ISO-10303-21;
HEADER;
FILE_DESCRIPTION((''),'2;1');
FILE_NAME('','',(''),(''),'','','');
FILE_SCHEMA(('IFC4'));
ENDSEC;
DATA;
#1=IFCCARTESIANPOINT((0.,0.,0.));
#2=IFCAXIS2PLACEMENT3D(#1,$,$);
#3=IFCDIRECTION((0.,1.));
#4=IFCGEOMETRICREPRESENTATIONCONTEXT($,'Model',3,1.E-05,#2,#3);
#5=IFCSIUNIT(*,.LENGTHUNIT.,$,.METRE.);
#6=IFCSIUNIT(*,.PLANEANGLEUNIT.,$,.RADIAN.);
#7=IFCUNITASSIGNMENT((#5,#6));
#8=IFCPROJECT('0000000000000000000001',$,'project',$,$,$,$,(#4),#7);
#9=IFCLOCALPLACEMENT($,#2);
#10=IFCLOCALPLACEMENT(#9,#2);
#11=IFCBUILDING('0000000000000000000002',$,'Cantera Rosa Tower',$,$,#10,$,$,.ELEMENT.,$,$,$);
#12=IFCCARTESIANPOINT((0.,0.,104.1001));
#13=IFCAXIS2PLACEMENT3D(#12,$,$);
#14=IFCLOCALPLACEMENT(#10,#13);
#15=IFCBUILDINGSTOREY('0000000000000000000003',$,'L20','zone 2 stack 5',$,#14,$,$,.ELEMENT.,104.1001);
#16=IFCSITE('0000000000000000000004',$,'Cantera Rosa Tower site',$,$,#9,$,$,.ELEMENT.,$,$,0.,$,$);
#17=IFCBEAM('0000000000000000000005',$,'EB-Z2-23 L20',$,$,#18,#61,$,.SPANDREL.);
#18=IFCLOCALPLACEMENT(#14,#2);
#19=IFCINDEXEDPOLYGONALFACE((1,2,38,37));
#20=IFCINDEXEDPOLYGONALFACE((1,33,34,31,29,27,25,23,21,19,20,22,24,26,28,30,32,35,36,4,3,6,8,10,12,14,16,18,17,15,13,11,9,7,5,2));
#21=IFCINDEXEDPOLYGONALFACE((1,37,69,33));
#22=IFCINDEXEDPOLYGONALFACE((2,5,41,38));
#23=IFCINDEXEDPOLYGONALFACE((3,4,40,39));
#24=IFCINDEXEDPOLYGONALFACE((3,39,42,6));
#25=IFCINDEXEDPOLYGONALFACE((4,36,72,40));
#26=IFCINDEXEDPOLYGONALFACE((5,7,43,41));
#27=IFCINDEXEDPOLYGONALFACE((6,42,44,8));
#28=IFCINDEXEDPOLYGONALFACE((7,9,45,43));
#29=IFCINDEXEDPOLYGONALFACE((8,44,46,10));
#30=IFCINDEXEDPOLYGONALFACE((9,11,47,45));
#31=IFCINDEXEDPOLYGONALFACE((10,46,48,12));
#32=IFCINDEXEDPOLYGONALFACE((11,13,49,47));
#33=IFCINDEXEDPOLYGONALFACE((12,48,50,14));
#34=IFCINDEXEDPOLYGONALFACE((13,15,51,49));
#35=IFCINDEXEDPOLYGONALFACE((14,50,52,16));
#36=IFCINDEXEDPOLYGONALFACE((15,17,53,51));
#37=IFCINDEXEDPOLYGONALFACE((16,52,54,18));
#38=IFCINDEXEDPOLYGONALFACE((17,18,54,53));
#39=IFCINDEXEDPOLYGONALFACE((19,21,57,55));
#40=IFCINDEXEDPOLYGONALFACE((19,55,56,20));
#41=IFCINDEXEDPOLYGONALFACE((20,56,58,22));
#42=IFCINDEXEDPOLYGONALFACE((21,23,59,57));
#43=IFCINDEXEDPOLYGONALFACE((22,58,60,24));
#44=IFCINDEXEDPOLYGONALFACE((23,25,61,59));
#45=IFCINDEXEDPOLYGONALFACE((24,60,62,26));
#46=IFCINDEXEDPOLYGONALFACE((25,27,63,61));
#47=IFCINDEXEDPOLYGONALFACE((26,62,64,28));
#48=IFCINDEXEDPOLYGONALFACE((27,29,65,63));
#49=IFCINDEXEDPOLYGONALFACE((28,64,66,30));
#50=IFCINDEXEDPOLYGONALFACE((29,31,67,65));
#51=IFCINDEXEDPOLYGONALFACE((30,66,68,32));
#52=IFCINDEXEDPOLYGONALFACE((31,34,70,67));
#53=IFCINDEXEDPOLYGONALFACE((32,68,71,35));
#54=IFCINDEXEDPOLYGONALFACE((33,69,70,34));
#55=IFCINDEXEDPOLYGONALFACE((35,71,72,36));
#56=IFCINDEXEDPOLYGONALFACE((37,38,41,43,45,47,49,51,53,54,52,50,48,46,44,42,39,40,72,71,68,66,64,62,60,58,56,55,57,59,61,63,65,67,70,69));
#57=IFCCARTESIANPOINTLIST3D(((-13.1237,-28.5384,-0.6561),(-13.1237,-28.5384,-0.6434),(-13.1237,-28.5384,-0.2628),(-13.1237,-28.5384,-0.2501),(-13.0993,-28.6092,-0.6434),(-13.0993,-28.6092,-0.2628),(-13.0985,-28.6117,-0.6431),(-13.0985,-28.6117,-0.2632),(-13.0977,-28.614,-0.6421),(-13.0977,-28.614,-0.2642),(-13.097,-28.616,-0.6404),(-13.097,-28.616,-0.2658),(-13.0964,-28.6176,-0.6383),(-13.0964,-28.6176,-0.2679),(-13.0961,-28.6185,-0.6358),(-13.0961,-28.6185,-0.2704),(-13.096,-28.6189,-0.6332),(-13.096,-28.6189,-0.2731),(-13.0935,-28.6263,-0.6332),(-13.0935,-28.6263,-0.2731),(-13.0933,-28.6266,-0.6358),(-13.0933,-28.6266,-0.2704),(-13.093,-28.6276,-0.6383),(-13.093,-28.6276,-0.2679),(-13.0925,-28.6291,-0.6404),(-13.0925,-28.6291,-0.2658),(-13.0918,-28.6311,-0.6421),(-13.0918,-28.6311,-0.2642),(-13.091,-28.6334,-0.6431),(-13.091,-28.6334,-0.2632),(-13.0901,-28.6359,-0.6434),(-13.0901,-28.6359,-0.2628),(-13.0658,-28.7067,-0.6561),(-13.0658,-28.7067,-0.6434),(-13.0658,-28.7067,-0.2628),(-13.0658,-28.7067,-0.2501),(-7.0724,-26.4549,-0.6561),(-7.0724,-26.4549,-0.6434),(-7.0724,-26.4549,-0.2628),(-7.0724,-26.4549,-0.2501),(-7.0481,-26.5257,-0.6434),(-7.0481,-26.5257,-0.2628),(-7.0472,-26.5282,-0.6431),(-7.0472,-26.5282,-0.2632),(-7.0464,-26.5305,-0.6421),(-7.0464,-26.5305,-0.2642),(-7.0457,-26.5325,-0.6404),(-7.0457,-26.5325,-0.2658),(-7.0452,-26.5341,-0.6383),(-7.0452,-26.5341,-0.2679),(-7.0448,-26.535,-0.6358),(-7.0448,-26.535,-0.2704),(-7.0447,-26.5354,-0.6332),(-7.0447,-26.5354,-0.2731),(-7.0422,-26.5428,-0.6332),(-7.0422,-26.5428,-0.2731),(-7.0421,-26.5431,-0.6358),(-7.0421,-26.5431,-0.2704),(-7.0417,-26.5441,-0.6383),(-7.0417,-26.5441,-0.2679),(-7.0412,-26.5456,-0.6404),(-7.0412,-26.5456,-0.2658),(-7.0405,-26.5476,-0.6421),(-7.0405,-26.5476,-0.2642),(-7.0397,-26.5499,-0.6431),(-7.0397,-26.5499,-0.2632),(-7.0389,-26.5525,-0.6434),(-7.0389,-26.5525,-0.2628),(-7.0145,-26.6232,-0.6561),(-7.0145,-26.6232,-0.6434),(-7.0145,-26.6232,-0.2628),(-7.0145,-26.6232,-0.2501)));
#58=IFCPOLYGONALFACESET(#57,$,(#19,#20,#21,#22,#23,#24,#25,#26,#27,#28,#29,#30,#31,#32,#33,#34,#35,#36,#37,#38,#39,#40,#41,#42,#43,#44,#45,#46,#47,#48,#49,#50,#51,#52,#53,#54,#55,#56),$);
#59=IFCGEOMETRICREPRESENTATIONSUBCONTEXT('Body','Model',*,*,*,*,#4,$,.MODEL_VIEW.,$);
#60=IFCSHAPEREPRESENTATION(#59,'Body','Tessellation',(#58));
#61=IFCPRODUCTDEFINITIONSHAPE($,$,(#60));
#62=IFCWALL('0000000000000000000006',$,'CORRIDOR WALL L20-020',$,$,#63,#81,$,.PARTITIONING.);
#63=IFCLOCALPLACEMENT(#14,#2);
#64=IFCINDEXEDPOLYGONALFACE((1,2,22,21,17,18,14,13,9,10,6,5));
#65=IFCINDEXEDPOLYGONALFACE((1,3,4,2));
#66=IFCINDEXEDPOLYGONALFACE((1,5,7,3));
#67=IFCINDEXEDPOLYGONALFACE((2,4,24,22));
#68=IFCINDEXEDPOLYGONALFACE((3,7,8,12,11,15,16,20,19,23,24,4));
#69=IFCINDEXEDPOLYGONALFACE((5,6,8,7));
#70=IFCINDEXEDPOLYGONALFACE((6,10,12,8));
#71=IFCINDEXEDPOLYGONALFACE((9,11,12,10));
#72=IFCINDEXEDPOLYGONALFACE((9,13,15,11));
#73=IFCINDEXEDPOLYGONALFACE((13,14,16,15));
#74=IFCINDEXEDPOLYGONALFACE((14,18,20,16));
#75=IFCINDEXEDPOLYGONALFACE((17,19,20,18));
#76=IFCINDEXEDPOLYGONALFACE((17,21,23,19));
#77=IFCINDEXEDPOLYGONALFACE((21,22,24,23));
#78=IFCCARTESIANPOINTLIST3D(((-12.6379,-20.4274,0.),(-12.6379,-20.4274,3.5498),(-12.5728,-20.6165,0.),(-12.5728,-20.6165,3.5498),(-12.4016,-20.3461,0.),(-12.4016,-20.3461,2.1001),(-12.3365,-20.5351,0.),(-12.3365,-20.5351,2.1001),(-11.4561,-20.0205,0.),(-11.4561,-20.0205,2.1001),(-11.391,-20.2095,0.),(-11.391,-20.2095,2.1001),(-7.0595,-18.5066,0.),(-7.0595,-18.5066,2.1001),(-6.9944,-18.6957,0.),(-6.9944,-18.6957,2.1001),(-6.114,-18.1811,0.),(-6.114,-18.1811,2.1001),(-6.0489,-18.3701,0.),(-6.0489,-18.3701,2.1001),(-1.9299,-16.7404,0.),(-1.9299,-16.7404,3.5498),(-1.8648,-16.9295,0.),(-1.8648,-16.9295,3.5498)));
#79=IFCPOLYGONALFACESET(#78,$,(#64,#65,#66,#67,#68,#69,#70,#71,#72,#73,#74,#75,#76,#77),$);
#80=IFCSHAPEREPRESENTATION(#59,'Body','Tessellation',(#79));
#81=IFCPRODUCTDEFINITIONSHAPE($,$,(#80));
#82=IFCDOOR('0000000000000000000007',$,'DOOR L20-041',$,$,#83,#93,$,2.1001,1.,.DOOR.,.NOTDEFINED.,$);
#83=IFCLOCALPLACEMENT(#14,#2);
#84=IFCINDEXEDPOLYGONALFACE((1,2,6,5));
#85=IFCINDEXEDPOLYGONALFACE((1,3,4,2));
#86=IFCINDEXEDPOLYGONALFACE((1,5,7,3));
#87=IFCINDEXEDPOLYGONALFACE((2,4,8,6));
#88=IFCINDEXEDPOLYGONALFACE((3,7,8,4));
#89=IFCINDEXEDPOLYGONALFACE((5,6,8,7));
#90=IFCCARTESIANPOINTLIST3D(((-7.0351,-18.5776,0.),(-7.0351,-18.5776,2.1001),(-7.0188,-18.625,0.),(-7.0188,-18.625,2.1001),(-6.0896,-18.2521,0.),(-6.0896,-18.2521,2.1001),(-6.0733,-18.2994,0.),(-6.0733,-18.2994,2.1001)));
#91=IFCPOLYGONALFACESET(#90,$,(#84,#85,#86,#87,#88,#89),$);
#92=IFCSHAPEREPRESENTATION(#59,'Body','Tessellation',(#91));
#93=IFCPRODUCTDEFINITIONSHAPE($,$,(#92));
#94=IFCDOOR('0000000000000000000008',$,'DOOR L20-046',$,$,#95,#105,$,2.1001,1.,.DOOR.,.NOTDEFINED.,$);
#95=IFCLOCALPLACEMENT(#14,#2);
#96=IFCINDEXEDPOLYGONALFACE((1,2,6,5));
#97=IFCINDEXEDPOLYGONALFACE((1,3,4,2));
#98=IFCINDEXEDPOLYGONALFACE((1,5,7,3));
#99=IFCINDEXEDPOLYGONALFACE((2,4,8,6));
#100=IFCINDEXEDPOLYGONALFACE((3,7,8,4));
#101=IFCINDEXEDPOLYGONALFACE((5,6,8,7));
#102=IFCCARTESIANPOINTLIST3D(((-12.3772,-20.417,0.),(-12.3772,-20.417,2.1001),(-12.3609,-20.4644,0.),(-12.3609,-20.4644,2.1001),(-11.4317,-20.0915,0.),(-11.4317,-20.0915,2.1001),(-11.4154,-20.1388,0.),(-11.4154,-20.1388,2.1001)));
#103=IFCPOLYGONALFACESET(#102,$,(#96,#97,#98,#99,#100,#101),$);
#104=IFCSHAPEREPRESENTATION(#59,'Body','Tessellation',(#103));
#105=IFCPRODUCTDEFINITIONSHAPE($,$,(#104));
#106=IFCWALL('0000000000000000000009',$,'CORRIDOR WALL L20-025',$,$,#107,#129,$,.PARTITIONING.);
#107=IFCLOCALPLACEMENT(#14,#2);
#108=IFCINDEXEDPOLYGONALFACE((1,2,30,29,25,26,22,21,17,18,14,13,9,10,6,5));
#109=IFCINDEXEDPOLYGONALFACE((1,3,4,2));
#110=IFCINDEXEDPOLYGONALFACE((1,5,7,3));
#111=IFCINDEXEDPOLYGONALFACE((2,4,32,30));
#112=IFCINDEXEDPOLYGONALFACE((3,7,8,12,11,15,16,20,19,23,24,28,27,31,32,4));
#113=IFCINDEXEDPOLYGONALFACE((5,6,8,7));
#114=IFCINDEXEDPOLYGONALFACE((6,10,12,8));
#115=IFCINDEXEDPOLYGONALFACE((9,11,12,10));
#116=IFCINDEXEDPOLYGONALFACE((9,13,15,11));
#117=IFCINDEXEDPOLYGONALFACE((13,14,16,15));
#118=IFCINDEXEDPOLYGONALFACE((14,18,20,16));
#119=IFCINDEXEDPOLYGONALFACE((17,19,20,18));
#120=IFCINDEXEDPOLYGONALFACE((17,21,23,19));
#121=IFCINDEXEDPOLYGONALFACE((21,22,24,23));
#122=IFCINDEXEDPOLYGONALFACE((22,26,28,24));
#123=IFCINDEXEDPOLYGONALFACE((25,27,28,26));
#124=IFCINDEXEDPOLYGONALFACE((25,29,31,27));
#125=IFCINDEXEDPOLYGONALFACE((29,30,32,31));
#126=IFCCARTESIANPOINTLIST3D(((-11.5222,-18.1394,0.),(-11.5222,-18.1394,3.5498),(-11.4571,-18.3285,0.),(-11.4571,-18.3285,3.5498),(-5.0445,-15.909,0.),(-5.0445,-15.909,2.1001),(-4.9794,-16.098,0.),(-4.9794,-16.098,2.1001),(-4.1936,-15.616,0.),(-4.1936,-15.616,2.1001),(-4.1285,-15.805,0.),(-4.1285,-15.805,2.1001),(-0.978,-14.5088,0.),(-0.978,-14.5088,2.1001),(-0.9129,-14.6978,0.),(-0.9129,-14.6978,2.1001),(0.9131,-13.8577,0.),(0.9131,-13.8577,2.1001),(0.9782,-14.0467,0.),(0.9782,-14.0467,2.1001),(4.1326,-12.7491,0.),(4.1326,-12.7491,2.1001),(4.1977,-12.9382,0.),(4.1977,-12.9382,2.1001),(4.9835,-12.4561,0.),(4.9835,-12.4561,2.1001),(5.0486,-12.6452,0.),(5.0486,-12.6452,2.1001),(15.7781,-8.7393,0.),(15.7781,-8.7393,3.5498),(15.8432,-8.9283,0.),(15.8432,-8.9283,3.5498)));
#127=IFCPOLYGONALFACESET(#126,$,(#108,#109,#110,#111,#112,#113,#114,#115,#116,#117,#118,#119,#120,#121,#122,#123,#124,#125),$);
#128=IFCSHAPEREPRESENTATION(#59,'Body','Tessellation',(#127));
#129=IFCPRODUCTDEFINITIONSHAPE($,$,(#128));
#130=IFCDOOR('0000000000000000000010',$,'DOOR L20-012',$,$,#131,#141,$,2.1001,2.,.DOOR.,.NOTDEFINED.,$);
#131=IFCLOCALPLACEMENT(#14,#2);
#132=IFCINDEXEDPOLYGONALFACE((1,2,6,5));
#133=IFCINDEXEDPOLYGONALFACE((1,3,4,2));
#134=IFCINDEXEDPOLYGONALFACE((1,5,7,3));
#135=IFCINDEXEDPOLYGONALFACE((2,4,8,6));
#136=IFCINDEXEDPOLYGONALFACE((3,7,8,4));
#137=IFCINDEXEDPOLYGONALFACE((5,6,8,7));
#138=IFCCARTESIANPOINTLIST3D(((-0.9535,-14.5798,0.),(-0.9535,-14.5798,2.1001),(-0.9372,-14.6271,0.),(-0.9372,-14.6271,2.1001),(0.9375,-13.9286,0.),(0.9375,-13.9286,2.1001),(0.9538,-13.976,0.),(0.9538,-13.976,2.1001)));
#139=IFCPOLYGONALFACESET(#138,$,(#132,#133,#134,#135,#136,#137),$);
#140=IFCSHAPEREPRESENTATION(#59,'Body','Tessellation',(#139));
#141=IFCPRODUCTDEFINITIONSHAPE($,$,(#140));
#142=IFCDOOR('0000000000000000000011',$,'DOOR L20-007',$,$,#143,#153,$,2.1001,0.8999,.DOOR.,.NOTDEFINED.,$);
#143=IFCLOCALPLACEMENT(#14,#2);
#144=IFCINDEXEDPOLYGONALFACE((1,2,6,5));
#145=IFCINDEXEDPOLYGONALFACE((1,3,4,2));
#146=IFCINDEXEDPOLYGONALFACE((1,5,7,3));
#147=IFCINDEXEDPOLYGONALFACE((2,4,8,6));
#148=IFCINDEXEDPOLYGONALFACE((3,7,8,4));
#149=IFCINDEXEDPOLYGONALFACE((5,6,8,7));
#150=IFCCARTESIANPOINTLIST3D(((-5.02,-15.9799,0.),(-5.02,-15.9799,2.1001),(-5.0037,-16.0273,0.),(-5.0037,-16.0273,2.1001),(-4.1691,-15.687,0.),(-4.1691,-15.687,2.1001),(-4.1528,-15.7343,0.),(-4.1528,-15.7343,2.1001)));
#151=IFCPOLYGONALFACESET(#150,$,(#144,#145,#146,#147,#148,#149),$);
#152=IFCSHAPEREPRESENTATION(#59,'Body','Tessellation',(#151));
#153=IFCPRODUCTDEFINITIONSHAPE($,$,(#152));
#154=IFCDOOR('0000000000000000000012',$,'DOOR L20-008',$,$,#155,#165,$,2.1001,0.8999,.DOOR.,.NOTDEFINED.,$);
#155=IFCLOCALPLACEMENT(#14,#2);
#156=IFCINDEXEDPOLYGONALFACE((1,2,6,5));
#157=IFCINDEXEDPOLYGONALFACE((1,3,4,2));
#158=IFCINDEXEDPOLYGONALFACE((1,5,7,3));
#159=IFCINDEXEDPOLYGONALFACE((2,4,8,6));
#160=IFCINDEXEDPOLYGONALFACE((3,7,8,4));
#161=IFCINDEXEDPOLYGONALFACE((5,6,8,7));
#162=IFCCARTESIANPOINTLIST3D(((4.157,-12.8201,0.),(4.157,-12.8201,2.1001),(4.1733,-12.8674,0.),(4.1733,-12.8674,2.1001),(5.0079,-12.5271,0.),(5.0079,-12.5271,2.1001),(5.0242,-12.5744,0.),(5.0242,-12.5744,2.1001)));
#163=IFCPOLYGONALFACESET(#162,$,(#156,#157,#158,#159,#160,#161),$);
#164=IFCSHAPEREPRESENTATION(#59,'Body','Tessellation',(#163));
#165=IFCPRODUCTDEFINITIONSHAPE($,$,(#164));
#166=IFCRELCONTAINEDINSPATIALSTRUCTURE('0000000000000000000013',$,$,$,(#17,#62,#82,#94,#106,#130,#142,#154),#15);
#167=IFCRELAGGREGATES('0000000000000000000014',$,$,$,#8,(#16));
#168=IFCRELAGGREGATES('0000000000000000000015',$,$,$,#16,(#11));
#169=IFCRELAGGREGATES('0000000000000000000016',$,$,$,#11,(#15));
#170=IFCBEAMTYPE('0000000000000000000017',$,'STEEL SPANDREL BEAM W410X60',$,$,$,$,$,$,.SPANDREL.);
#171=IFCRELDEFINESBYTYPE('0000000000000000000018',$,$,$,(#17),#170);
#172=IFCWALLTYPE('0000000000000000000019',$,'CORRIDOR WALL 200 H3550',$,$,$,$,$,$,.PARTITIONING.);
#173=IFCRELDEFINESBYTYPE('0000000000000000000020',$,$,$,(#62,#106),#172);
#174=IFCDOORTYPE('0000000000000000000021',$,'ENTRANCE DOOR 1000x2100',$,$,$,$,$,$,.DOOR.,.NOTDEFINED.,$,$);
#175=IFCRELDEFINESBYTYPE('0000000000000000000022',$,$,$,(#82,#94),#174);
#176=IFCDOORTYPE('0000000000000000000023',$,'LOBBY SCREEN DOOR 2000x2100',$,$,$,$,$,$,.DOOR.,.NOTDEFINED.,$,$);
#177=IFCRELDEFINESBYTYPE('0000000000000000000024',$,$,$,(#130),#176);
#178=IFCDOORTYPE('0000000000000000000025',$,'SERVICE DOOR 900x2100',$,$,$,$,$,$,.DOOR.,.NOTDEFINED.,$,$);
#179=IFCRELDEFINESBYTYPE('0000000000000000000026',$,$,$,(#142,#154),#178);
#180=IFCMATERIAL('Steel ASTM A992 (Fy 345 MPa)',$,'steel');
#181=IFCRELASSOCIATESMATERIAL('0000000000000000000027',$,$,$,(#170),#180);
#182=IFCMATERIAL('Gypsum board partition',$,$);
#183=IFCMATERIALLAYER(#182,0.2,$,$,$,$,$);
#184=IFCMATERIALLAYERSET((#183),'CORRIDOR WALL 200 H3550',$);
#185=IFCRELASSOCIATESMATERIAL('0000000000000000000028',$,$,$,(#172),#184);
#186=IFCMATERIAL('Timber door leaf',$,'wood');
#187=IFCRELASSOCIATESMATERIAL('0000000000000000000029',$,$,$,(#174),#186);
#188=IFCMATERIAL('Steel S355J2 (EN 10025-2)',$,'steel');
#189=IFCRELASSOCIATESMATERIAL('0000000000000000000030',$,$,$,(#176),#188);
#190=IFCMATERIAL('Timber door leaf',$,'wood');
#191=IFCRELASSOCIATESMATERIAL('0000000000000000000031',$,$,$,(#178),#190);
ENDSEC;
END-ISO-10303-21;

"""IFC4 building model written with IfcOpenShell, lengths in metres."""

from ifc_helpers import new_model, si_unit, direction, frame, frame_2d, origin, origin_2d, place, context, subcontext, project, spatial, rectangle, i_section, extrude, material, layer, layer_set, material_profile, profile_set, type_object, element, fill, save


model = new_model("IFC4")

# Units and contexts
model_context = context("Model", 3, precision=1e-05, world=origin(), true_north=direction((0.0, 1.0)))
body_context = subcontext(model_context, "Body", "Model", "MODEL_VIEW")
ifc_project = project(units=[si_unit("LENGTHUNIT", "METRE"), si_unit("PLANEANGLEUNIT", "RADIAN")], contexts=[model_context])

# Site, building, storey
site_placement = place(None, origin())
site = spatial("IfcSite", under=ifc_project, at=site_placement, Name="Cantera Rosa Tower site", CompositionType="ELEMENT", RefElevation=0.0)
building_placement = place(site_placement, origin())
building = spatial("IfcBuilding", under=site, at=building_placement, Name="Cantera Rosa Tower", CompositionType="ELEMENT")
storey_placement = place(building_placement, frame((0.0, 0.0, 104.1001)))
storey = spatial("IfcBuildingStorey", under=building, at=storey_placement, Name="L20", Description="zone 2 stack 5", CompositionType="ELEMENT", Elevation=104.1001)

# Beam
ifc_material_1 = material(Name="Steel ASTM A992 (Fy 345 MPa)", Category="steel")
ifc_material_profile_1 = material_profile(ifc_material_1, i_section(OverallWidth=0.178, OverallDepth=0.406, WebThickness=0.0078, FlangeThickness=0.0127, FilletRadius=0.0103, at=origin_2d()), Name="W410X60")
ifc_profile_set_1 = profile_set([ifc_material_profile_1], Name="Steel ASTM A992 (Fy 345 MPa)")
beam_type_1 = type_object("IfcBeamType", Name="STEEL SPANDREL BEAM W410X60", PredefinedType="SPANDREL", material=ifc_profile_set_1)
beam_1_placement = place(storey_placement, frame((-13.0947, -28.6226, -0.4531), z_axis=(0.945524, 0.325551, 0.0), x_axis=(-0.325551, 0.945524, 0.0)))
element("IfcBeam", 1, at=beam_1_placement, inside=storey, type_object=beam_type_1, Name="EB-Z2-23 L20", PredefinedType="SPANDREL", context=body_context, shape_type="SweptSolid", body=[
    extrude(i_section(OverallWidth=0.178, OverallDepth=0.406, WebThickness=0.0078, FlangeThickness=0.0127, FilletRadius=0.0103, at=origin_2d()), origin(), (0.0, 0.0, 1.0), 6.3999),
])

# Walls, openings, doors
ifc_material_2 = material(Name="Gypsum board partition")
ifc_layer_1 = layer(ifc_material_2, 0.2)
ifc_layer_set_1 = layer_set([ifc_layer_1], Name="CORRIDOR WALL 200 H3550")
wall_type_1 = type_object("IfcWallType", Name="CORRIDOR WALL 200 H3550", PredefinedType="PARTITIONING", material=ifc_layer_set_1)
wall_1_placement = place(storey_placement, frame((-12.6055, -20.522, 0.0), z_axis=(0.0, 0.0, 1.0), x_axis=(0.94552, 0.325564, 0.0)))
wall_1 = element("IfcWall", 2, at=wall_1_placement, inside=storey, type_object=wall_type_1, Name="CORRIDOR WALL L20-020", PredefinedType="PARTITIONING", context=body_context, shape_type="SweptSolid", body=[
    extrude(rectangle(XDim=11.325, YDim=0.2, at=frame_2d((5.6626, 0.0))), origin(), (0.0, 0.0, 1.0), 3.5498),
])
opening_1_placement = place(wall_1_placement, frame((5.8999, 0.0, 0.0)))
opening_1 = element("IfcOpeningElement", 3, at=opening_1_placement, cuts=wall_1, PredefinedType="OPENING", context=body_context, shape_type="SweptSolid", body=[
    extrude(rectangle(XDim=1.0, YDim=2.1001, at=frame_2d((0.5, 1.05))), frame((0.0, 0.1099, 0.0), z_axis=(0.0, -1.0, 0.0), x_axis=(1.0, 0.0, 0.0)), (0.0, 0.0, 1.0), 0.22),
])
opening_2_placement = place(wall_1_placement, frame((0.25, 0.0, 0.0)))
opening_2 = element("IfcOpeningElement", 4, at=opening_2_placement, cuts=wall_1, PredefinedType="OPENING", context=body_context, shape_type="SweptSolid", body=[
    extrude(rectangle(XDim=1.0, YDim=2.1001, at=frame_2d((0.5, 1.05))), frame((0.0, 0.1099, 0.0), z_axis=(0.0, -1.0, 0.0), x_axis=(1.0, 0.0, 0.0)), (0.0, 0.0, 1.0), 0.22),
])
ifc_material_3 = material(Name="Timber door leaf", Category="wood")
door_type_1 = type_object("IfcDoorType", Name="ENTRANCE DOOR 1000x2100", OperationType="NOTDEFINED", PredefinedType="DOOR", material=ifc_material_3)
door_1_placement = place(opening_1_placement, origin())
door_1 = element("IfcDoor", 5, at=door_1_placement, inside=storey, type_object=door_type_1, Name="DOOR L20-041", OperationType="NOTDEFINED", OverallHeight=2.1001, OverallWidth=1.0, PredefinedType="DOOR", context=body_context, shape_type="SweptSolid", body=[
    extrude(rectangle(XDim=1.0, YDim=2.1001, at=frame_2d((0.5, 1.05))), frame((0.0, 0.0249, 0.0), z_axis=(0.0, -1.0, 0.0), x_axis=(1.0, 0.0, 0.0)), (0.0, 0.0, 1.0), 0.05),
])
fill(opening_1, door_1)
door_2_placement = place(opening_2_placement, origin())
door_2 = element("IfcDoor", 6, at=door_2_placement, inside=storey, type_object=door_type_1, Name="DOOR L20-046", OperationType="NOTDEFINED", OverallHeight=2.1001, OverallWidth=1.0, PredefinedType="DOOR", context=body_context, shape_type="SweptSolid", body=[
    extrude(rectangle(XDim=1.0, YDim=2.1001, at=frame_2d((0.5, 1.05))), frame((0.0, 0.0249, 0.0), z_axis=(0.0, -1.0, 0.0), x_axis=(1.0, 0.0, 0.0)), (0.0, 0.0, 1.0), 0.05),
])
fill(opening_2, door_2)
wall_2_placement = place(storey_placement, frame((-11.4895, -18.2339, 0.0), z_axis=(0.0, 0.0, 1.0), x_axis=(0.94552, 0.325565, 0.0)))
wall_2 = element("IfcWall", 7, at=wall_2_placement, inside=storey, type_object=wall_type_1, Name="CORRIDOR WALL L20-025", PredefinedType="PARTITIONING", context=body_context, shape_type="SweptSolid", body=[
    extrude(rectangle(XDim=28.8733, YDim=0.2, at=frame_2d((14.4365, 0.0))), origin(), (0.0, 0.0, 1.0), 3.5498),
])
opening_3_placement = place(wall_2_placement, frame((6.8508, 0.0, 0.0)))
opening_3 = element("IfcOpeningElement", 8, at=opening_3_placement, cuts=wall_2, PredefinedType="OPENING", context=body_context, shape_type="SweptSolid", body=[
    extrude(rectangle(XDim=0.8999, YDim=2.1001, at=frame_2d((0.45, 1.05))), frame((0.0, 0.1099, 0.0), z_axis=(0.0, -1.0, 0.0), x_axis=(1.0, 0.0, 0.0)), (0.0, 0.0, 1.0), 0.22),
])
opening_4_placement = place(wall_2_placement, frame((16.5566, 0.0, 0.0)))
opening_4 = element("IfcOpeningElement", 9, at=opening_4_placement, cuts=wall_2, PredefinedType="OPENING", context=body_context, shape_type="SweptSolid", body=[
    extrude(rectangle(XDim=0.8999, YDim=2.1001, at=frame_2d((0.45, 1.05))), frame((0.0, 0.1099, 0.0), z_axis=(0.0, -1.0, 0.0), x_axis=(1.0, 0.0, 0.0)), (0.0, 0.0, 1.0), 0.22),
])
opening_5_placement = place(wall_2_placement, frame((11.1516, 0.0, 0.0)))
opening_5 = element("IfcOpeningElement", 10, at=opening_5_placement, cuts=wall_2, PredefinedType="OPENING", context=body_context, shape_type="SweptSolid", body=[
    extrude(rectangle(XDim=2.0, YDim=2.1001, at=frame_2d((1.0, 1.05))), frame((0.0, 0.1099, 0.0), z_axis=(0.0, -1.0, 0.0), x_axis=(1.0, 0.0, 0.0)), (0.0, 0.0, 1.0), 0.22),
])
ifc_material_4 = material(Name="Steel S355J2 (EN 10025-2)", Category="steel")
door_type_2 = type_object("IfcDoorType", Name="LOBBY SCREEN DOOR 2000x2100", OperationType="NOTDEFINED", PredefinedType="DOOR", material=ifc_material_4)
door_3_placement = place(opening_5_placement, origin())
door_3 = element("IfcDoor", 11, at=door_3_placement, inside=storey, type_object=door_type_2, Name="DOOR L20-012", OperationType="NOTDEFINED", OverallHeight=2.1001, OverallWidth=2.0, PredefinedType="DOOR", context=body_context, shape_type="SweptSolid", body=[
    extrude(rectangle(XDim=2.0, YDim=2.1001, at=frame_2d((1.0, 1.05))), frame((0.0, 0.0249, 0.0), z_axis=(0.0, -1.0, 0.0), x_axis=(1.0, 0.0, 0.0)), (0.0, 0.0, 1.0), 0.05),
])
fill(opening_5, door_3)
ifc_material_5 = material(Name="Timber door leaf", Category="wood")
door_type_3 = type_object("IfcDoorType", Name="SERVICE DOOR 900x2100", OperationType="NOTDEFINED", PredefinedType="DOOR", material=ifc_material_5)
door_4_placement = place(opening_3_placement, origin())
door_4 = element("IfcDoor", 12, at=door_4_placement, inside=storey, type_object=door_type_3, Name="DOOR L20-007", OperationType="NOTDEFINED", OverallHeight=2.1001, OverallWidth=0.8999, PredefinedType="DOOR", context=body_context, shape_type="SweptSolid", body=[
    extrude(rectangle(XDim=0.8999, YDim=2.1001, at=frame_2d((0.45, 1.05))), frame((0.0, 0.0249, 0.0), z_axis=(0.0, -1.0, 0.0), x_axis=(1.0, 0.0, 0.0)), (0.0, 0.0, 1.0), 0.05),
])
fill(opening_3, door_4)
door_5_placement = place(opening_4_placement, origin())
door_5 = element("IfcDoor", 13, at=door_5_placement, inside=storey, type_object=door_type_3, Name="DOOR L20-008", OperationType="NOTDEFINED", OverallHeight=2.1001, OverallWidth=0.8999, PredefinedType="DOOR", context=body_context, shape_type="SweptSolid", body=[
    extrude(rectangle(XDim=0.8999, YDim=2.1001, at=frame_2d((0.45, 1.05))), frame((0.0, 0.0249, 0.0), z_axis=(0.0, -1.0, 0.0), x_axis=(1.0, 0.0, 0.0)), (0.0, 0.0, 1.0), 0.05),
])
fill(opening_4, door_5)

save(model, "model.ifc")
